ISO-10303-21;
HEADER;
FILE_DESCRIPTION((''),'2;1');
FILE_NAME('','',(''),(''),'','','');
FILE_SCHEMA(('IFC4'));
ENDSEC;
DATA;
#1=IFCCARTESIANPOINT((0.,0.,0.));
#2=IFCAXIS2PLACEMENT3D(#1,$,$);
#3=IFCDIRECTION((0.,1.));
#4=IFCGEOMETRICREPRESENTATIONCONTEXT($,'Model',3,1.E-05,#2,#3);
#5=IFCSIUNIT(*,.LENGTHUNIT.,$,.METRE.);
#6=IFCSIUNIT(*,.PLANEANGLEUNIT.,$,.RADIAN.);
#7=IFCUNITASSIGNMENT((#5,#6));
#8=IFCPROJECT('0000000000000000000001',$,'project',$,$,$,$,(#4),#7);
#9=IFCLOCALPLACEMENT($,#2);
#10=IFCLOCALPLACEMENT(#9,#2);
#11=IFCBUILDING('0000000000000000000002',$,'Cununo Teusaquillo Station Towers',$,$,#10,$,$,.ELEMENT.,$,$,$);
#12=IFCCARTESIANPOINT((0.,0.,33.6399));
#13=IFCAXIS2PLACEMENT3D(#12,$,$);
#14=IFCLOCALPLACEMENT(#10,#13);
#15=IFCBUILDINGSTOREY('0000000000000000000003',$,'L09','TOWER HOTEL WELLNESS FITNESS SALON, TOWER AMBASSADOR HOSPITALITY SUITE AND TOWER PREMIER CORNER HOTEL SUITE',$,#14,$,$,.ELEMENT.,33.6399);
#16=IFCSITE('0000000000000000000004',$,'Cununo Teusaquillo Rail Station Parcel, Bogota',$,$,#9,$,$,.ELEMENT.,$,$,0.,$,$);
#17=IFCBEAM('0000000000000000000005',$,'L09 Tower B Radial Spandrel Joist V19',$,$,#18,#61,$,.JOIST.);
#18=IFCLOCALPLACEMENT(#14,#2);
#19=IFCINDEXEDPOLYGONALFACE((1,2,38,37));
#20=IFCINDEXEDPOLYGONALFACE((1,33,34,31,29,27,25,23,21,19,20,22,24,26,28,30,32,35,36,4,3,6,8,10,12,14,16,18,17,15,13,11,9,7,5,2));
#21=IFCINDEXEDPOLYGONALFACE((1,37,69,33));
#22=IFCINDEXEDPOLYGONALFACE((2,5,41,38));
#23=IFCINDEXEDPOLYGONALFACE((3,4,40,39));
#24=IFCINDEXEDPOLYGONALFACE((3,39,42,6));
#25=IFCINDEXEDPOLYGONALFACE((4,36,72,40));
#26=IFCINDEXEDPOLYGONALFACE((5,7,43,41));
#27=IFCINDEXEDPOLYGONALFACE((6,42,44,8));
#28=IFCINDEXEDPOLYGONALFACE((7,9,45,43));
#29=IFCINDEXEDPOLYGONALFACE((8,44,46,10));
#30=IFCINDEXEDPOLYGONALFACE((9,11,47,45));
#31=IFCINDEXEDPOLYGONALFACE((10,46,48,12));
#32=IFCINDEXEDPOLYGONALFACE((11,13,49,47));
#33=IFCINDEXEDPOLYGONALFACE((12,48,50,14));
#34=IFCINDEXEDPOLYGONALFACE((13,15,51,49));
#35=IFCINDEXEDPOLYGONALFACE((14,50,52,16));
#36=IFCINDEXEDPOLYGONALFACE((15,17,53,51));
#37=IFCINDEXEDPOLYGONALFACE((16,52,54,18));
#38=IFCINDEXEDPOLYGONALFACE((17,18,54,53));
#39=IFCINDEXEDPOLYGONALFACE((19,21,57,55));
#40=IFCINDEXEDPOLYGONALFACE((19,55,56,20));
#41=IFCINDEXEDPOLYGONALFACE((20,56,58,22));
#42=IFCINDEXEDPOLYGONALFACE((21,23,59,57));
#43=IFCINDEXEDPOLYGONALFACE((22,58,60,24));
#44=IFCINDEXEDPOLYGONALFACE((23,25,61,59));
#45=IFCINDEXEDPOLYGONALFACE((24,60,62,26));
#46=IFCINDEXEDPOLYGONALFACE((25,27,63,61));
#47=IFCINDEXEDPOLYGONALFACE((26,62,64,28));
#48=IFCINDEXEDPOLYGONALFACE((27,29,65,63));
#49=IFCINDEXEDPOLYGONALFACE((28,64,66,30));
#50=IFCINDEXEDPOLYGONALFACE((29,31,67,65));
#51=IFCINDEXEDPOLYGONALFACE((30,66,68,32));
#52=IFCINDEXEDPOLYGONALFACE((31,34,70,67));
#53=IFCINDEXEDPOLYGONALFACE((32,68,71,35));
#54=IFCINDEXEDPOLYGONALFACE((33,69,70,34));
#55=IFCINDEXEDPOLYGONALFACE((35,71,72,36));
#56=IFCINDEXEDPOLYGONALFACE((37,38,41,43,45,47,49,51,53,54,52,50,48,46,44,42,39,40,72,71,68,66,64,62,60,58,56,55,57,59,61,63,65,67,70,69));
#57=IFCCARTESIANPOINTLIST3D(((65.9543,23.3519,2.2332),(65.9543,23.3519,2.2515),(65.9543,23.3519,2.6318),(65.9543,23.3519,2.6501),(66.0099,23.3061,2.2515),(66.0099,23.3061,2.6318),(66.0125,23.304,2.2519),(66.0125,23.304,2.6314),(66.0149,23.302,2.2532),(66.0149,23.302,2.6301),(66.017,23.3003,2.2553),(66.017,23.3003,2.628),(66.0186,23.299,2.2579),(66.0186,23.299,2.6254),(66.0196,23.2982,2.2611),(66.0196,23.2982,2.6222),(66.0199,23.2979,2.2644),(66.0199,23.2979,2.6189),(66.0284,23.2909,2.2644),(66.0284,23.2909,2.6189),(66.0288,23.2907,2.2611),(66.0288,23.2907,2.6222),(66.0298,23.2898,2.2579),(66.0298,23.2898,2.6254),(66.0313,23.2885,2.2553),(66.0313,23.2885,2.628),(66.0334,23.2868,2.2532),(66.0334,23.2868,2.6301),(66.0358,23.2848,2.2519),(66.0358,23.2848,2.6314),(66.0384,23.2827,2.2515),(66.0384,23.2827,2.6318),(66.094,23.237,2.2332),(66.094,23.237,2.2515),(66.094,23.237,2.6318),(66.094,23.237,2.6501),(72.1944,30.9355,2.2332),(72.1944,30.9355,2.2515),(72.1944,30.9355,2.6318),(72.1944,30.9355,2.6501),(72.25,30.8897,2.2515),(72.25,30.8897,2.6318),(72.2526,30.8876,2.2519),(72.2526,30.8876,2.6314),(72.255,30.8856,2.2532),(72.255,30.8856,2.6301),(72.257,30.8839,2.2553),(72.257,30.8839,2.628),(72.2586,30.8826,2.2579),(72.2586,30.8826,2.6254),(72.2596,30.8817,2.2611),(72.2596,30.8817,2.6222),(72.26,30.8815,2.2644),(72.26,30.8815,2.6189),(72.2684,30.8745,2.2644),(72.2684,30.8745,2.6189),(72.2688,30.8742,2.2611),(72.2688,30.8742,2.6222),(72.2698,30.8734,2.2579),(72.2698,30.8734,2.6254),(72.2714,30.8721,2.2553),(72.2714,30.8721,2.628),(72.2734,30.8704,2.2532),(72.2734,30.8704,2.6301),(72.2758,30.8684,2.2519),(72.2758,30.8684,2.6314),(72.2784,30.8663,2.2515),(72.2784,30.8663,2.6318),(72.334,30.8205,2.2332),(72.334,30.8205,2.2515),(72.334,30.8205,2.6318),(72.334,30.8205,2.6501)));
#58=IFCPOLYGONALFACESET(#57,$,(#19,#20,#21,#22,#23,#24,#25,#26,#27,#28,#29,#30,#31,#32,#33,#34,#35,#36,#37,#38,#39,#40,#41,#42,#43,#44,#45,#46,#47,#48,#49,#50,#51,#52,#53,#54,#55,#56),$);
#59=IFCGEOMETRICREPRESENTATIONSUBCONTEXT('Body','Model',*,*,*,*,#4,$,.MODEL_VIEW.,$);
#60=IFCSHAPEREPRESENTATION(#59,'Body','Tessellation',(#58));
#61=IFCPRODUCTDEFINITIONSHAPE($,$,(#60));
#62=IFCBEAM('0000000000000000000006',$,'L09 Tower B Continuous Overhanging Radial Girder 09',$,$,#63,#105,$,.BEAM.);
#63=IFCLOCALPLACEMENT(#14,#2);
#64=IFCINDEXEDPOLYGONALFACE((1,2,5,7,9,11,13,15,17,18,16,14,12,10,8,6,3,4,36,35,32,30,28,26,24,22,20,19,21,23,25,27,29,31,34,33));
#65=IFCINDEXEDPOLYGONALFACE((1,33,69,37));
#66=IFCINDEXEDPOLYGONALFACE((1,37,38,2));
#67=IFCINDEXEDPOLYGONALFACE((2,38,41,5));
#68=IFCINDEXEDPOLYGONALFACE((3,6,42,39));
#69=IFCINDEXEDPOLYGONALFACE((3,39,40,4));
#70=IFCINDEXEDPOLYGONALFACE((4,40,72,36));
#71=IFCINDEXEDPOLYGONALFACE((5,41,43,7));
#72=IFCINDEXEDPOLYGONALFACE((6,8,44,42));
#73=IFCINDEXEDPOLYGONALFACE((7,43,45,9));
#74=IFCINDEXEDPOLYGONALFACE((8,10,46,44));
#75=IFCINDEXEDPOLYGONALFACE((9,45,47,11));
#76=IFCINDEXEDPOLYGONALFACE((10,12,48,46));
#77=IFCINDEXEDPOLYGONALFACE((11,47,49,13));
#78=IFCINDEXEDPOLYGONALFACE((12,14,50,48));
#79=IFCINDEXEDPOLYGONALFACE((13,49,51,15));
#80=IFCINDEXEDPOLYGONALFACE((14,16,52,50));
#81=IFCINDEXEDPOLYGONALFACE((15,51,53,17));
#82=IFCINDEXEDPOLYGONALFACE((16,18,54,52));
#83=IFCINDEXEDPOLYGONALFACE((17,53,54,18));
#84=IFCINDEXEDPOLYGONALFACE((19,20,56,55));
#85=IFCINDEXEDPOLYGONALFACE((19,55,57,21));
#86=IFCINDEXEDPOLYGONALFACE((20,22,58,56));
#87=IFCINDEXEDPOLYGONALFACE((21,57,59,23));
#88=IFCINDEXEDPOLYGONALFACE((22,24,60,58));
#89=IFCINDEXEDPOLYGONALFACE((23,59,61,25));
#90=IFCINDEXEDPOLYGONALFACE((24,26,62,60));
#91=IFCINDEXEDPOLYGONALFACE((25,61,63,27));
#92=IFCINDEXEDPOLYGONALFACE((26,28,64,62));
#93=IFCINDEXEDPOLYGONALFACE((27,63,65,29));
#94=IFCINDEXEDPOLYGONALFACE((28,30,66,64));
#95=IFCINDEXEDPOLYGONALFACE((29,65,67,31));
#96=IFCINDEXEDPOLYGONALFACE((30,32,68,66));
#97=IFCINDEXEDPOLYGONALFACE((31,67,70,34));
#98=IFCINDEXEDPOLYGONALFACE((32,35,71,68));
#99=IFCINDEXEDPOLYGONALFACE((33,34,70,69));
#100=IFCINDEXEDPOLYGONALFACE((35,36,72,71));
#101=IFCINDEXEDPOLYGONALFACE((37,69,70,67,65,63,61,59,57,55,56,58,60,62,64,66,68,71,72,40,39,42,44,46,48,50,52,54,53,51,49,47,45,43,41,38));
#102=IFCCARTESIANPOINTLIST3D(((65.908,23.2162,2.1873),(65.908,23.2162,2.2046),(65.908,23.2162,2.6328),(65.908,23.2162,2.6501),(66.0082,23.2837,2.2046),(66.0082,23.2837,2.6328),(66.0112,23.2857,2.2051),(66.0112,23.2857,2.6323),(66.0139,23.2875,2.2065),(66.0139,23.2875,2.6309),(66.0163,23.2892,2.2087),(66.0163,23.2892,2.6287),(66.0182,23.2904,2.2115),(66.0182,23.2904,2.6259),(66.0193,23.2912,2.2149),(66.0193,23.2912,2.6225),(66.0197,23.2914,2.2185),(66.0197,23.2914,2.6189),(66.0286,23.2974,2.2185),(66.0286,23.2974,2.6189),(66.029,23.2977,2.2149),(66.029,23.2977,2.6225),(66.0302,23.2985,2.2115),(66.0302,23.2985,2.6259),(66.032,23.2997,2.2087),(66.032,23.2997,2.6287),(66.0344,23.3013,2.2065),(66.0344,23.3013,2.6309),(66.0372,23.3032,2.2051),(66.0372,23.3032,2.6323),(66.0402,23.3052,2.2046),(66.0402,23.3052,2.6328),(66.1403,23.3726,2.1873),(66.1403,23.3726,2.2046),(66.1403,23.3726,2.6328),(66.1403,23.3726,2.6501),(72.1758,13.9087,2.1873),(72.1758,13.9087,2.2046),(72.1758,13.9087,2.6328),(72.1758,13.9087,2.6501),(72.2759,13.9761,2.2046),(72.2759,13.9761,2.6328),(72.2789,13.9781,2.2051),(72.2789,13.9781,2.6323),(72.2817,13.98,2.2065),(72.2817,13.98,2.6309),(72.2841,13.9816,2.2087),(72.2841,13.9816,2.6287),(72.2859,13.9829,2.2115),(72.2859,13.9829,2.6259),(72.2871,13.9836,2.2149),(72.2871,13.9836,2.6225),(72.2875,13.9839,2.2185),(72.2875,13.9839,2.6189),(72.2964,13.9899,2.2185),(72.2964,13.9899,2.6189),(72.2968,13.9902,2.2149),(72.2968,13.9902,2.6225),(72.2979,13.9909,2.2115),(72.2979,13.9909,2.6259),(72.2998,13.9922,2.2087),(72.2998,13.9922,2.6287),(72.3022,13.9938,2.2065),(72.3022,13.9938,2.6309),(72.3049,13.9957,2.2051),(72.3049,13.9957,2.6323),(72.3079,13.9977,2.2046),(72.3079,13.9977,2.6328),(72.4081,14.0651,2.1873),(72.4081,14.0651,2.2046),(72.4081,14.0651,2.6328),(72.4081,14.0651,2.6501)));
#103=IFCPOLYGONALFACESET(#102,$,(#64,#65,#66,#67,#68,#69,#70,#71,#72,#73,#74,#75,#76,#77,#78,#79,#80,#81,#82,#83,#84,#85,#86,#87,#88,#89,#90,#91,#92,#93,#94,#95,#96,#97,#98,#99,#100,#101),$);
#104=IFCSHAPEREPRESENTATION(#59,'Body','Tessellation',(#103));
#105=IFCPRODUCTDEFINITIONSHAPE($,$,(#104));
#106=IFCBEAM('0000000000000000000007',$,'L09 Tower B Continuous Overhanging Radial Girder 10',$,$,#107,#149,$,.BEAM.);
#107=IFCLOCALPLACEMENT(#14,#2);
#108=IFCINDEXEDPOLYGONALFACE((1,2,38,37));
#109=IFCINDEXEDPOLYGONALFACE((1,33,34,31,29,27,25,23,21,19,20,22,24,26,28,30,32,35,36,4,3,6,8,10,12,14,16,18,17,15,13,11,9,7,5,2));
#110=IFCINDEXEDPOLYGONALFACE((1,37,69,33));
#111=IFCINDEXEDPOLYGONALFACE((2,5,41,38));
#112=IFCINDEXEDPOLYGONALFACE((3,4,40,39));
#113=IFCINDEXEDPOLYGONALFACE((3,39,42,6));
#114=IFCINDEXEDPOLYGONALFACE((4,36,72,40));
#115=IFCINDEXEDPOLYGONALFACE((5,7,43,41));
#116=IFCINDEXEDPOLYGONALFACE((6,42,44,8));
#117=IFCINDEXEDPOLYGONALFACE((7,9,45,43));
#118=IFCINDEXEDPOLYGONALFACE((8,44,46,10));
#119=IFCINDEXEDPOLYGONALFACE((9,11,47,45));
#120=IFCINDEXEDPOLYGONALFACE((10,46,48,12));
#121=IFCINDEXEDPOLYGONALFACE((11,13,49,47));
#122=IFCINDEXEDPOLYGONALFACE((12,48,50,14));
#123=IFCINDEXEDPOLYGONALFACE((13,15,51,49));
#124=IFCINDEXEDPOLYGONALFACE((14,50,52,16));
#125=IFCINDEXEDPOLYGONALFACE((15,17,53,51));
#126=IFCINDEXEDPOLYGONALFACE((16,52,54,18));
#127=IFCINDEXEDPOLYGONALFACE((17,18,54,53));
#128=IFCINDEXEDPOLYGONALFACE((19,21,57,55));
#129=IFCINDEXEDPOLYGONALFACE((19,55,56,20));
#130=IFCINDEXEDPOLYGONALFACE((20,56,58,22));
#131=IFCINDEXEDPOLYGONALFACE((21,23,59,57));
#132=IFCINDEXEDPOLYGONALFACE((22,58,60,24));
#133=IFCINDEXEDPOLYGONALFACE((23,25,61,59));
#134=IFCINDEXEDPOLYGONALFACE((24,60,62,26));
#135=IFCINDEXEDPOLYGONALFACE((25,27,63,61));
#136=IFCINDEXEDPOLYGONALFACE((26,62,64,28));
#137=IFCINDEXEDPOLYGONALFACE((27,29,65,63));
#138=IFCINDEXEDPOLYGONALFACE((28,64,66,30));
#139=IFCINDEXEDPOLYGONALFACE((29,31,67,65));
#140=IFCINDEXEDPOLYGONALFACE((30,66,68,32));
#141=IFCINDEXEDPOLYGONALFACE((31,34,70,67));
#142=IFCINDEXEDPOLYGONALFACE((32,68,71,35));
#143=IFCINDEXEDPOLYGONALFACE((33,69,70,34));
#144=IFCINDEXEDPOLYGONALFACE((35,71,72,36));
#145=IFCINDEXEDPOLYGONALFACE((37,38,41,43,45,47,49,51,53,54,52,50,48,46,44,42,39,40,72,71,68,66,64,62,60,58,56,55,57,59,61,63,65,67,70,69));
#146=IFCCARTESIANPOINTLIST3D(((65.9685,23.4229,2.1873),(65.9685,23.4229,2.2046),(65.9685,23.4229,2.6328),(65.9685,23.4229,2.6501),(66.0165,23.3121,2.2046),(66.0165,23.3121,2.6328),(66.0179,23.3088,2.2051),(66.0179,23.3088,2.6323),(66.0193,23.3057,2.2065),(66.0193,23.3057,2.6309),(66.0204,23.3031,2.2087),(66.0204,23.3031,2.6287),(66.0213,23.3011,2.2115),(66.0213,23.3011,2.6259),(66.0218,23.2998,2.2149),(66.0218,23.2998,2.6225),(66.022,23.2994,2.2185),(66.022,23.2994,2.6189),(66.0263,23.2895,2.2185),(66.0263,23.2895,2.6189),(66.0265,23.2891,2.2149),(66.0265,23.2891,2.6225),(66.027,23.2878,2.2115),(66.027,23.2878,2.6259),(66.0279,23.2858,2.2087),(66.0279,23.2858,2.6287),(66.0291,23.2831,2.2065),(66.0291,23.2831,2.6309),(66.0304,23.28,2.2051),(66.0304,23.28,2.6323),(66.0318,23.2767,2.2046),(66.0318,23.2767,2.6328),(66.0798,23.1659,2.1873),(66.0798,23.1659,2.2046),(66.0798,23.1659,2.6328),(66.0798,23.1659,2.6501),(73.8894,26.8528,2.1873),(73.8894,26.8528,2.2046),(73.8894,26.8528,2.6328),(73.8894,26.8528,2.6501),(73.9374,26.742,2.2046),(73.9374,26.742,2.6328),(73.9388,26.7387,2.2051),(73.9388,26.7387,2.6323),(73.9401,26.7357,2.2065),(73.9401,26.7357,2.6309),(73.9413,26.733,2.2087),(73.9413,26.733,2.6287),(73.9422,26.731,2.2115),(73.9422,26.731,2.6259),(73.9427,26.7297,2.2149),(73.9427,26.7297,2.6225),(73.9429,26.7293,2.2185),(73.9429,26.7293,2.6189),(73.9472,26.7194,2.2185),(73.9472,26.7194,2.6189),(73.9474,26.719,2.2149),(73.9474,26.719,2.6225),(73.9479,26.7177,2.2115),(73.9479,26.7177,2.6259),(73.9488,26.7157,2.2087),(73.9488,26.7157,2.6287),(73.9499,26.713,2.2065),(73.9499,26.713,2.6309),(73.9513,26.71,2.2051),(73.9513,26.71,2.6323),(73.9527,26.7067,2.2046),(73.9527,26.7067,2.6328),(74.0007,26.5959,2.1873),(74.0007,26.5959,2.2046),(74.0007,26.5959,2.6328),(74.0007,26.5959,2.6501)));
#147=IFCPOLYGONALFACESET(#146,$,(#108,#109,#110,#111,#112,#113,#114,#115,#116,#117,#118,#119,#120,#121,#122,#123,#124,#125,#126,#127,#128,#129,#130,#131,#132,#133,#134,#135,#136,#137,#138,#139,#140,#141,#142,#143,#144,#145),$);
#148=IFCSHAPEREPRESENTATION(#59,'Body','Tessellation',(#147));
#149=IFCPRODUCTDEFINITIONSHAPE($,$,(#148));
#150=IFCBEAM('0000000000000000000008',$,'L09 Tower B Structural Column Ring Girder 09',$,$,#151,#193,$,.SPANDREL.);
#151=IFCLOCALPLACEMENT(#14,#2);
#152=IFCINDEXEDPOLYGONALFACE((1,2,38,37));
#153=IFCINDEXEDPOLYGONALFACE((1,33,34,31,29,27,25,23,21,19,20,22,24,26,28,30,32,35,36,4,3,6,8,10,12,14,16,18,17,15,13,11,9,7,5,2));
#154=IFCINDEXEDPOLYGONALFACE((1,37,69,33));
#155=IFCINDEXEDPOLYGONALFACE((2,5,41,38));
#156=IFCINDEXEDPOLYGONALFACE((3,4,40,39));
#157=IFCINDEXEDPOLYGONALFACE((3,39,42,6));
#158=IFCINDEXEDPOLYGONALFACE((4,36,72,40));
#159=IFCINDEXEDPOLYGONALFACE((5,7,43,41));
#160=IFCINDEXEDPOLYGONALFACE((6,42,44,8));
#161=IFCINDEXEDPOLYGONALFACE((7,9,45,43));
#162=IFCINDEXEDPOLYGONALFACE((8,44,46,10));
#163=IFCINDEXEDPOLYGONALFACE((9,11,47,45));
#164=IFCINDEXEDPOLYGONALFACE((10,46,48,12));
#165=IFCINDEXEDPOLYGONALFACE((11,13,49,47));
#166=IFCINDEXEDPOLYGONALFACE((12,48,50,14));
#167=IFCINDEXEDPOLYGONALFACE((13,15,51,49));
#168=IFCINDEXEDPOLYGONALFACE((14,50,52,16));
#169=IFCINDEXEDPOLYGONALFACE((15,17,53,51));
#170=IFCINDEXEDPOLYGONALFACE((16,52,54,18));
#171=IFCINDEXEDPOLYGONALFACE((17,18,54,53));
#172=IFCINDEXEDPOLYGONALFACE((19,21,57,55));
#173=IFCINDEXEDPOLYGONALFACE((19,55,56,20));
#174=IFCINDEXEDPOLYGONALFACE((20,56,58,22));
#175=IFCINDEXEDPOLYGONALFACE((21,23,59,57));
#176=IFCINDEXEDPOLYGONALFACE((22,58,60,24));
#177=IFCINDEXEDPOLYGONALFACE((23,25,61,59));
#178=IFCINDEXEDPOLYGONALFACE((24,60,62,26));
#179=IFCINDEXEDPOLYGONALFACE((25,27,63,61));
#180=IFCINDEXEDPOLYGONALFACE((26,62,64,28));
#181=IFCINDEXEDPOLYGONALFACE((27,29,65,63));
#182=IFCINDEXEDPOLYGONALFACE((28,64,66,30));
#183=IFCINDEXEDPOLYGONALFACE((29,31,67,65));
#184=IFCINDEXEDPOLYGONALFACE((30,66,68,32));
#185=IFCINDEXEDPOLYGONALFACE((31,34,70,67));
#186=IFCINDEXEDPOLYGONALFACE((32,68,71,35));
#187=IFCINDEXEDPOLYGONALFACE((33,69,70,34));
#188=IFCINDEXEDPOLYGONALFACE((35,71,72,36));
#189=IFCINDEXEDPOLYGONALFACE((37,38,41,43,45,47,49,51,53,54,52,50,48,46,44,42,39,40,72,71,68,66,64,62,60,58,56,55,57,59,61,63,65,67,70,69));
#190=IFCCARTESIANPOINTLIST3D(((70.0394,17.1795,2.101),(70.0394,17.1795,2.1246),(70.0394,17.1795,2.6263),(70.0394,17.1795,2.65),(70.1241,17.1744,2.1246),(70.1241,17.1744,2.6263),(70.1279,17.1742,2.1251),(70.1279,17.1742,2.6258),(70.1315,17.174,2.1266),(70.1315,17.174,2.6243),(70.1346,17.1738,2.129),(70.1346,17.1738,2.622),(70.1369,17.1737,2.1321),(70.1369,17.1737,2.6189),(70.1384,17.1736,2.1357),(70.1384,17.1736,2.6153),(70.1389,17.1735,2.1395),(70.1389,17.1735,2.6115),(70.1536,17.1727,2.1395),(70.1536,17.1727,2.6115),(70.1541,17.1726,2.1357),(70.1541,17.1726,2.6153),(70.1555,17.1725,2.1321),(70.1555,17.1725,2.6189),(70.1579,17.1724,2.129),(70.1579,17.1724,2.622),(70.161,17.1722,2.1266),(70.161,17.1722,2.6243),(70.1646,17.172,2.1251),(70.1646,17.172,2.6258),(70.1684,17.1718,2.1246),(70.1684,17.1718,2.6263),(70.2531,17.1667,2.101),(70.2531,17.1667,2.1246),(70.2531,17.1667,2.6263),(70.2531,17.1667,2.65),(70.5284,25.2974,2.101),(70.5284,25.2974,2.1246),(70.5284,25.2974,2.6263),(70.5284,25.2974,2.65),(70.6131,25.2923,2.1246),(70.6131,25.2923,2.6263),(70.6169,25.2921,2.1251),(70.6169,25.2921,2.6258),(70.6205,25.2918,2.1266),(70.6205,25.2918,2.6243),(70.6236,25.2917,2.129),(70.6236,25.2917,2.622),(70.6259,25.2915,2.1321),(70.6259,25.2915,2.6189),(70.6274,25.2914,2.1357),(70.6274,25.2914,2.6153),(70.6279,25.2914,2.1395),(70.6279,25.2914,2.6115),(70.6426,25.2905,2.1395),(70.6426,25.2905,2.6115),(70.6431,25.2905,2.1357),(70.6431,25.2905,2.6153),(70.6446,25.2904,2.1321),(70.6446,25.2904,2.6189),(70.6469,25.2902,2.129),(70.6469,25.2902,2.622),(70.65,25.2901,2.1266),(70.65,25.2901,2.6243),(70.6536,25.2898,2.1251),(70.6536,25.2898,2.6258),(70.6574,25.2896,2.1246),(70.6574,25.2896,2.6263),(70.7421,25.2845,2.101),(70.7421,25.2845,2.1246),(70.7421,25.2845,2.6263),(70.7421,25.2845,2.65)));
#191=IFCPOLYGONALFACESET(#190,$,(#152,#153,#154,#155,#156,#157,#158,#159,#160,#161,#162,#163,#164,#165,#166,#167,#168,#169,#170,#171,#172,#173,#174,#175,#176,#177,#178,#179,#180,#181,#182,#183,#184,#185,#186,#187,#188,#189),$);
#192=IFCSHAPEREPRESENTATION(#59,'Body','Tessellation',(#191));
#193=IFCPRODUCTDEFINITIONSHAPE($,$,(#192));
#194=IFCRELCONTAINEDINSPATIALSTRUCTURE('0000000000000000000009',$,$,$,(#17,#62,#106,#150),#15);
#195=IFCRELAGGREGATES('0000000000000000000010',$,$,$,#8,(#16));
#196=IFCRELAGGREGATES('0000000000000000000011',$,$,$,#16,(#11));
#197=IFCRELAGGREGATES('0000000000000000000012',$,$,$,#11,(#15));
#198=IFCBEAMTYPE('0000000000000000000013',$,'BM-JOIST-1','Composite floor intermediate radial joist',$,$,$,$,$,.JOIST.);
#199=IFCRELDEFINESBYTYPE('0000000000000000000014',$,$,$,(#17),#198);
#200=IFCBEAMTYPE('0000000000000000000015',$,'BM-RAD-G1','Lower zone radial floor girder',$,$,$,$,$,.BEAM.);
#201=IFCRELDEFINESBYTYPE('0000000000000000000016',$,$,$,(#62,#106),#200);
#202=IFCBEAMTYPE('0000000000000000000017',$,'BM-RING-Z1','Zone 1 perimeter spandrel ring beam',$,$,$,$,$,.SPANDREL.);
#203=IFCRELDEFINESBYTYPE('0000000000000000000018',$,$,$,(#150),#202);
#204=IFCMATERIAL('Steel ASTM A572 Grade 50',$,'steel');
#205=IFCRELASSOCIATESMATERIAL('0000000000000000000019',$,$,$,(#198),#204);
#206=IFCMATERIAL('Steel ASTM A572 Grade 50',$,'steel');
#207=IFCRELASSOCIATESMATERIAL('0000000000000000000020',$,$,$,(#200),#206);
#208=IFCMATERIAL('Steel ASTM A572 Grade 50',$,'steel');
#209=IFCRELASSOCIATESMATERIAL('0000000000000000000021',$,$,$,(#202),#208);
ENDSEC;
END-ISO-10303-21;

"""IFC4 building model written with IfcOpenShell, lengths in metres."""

from ifc_helpers import new_model, si_unit, direction, frame, origin, origin_2d, place, context, subcontext, project, spatial, i_section, extrude, material, material_profile, profile_set, type_object, element, save


model = new_model("IFC4")

# Units and contexts
model_context = context("Model", 3, precision=1e-05, world=origin(), true_north=direction((0.0, 1.0)))
body_context = subcontext(model_context, "Body", "Model", "MODEL_VIEW")
ifc_project = project(units=[si_unit("LENGTHUNIT", "METRE"), si_unit("PLANEANGLEUNIT", "RADIAN")], contexts=[model_context])

# Site, building, storey
site_placement = place(None, origin())
site = spatial("IfcSite", under=ifc_project, at=site_placement, Name="Cununo Teusaquillo Rail Station Parcel, Bogota", CompositionType="ELEMENT", RefElevation=0.0)
building_placement = place(site_placement, origin())
building = spatial("IfcBuilding", under=site, at=building_placement, Name="Cununo Teusaquillo Station Towers", CompositionType="ELEMENT")
storey_placement = place(building_placement, frame((0.0, 0.0, 33.6399)))
storey = spatial("IfcBuildingStorey", under=building, at=storey_placement, Name="L09", Description="TOWER HOTEL WELLNESS FITNESS SALON, TOWER AMBASSADOR HOSPITALITY SUITE AND TOWER PREMIER CORNER HOTEL SUITE", CompositionType="ELEMENT", Elevation=33.6399)

# Beams
ifc_material_1 = material(Name="Steel ASTM A572 Grade 50", Category="steel")
ifc_material_profile_1 = material_profile(ifc_material_1, i_section(OverallWidth=0.1809, OverallDepth=0.417, WebThickness=0.011, FlangeThickness=0.0183, FilletRadius=0.0129, at=origin_2d()), Name="W16X57")
ifc_profile_set_1 = profile_set([ifc_material_profile_1], Name="Steel ASTM A572 Grade 50")
beam_type_1 = type_object("IfcBeamType", Name="BM-JOIST-1", Description="Composite floor intermediate radial joist", PredefinedType="JOIST", material=ifc_profile_set_1)
beam_1_placement = place(storey_placement, frame((66.0242, 23.2944, 2.4417), z_axis=(0.635389, 0.772192, 0.0), x_axis=(-0.772192, 0.635389, 0.0)))
element("IfcBeam", 1, at=beam_1_placement, inside=storey, type_object=beam_type_1, Name="L09 Tower B Radial Spandrel Joist V19", PredefinedType="JOIST", context=body_context, shape_type="SweptSolid", body=[
    extrude(i_section(OverallWidth=0.1809, OverallDepth=0.417, WebThickness=0.011, FlangeThickness=0.0183, FilletRadius=0.0129, at=origin_2d()), origin(), (0.0, 0.0, 1.0), 9.8208),
])
ifc_material_2 = material(Name="Steel ASTM A572 Grade 50", Category="steel")
ifc_material_profile_2 = material_profile(ifc_material_2, i_section(OverallWidth=0.28, OverallDepth=0.4629, WebThickness=0.0107, FlangeThickness=0.0173, FilletRadius=0.0139, at=origin_2d()), Name="W18X76")
ifc_profile_set_2 = profile_set([ifc_material_profile_2], Name="Steel ASTM A572 Grade 50")
beam_type_2 = type_object("IfcBeamType", Name="BM-RAD-G1", Description="Lower zone radial floor girder", PredefinedType="BEAM", material=ifc_profile_set_2)
beam_2_placement = place(storey_placement, frame((66.0242, 23.2944, 2.4187), z_axis=(0.558565, -0.829461, 0.0), x_axis=(0.829461, 0.558565, 0.0)))
element("IfcBeam", 2, at=beam_2_placement, inside=storey, type_object=beam_type_2, Name="L09 Tower B Continuous Overhanging Radial Girder 09", PredefinedType="BEAM", context=body_context, shape_type="SweptSolid", body=[
    extrude(i_section(OverallWidth=0.28, OverallDepth=0.4629, WebThickness=0.0107, FlangeThickness=0.0173, FilletRadius=0.0139, at=origin_2d()), origin(), (0.0, 0.0, 1.0), 11.2212),
])
beam_3_placement = place(storey_placement, frame((66.0242, 23.2944, 2.4187), z_axis=(0.917659, 0.397368, 0.0), x_axis=(-0.397368, 0.917659, 0.0)))
element("IfcBeam", 3, at=beam_3_placement, inside=storey, type_object=beam_type_2, Name="L09 Tower B Continuous Overhanging Radial Girder 10", PredefinedType="BEAM", context=body_context, shape_type="SweptSolid", body=[
    extrude(i_section(OverallWidth=0.28, OverallDepth=0.4629, WebThickness=0.0107, FlangeThickness=0.0173, FilletRadius=0.0139, at=origin_2d()), origin(), (0.0, 0.0, 1.0), 8.6316),
])
ifc_material_3 = material(Name="Steel ASTM A572 Grade 50", Category="steel")
ifc_material_profile_3 = material_profile(ifc_material_3, i_section(OverallWidth=0.2141, OverallDepth=0.5491, WebThickness=0.0146, FlangeThickness=0.0237, FilletRadius=0.0149, at=origin_2d()), Name="W21X93")
ifc_profile_set_3 = profile_set([ifc_material_profile_3], Name="Steel ASTM A572 Grade 50")
beam_type_3 = type_object("IfcBeamType", Name="BM-RING-Z1", Description="Zone 1 perimeter spandrel ring beam", PredefinedType="SPANDREL", material=ifc_profile_set_3)
beam_4_placement = place(storey_placement, frame((70.1462, 17.1731, 2.3755), z_axis=(0.06013, 0.998191, 0.0), x_axis=(-0.998191, 0.06013, 0.0)))
element("IfcBeam", 4, at=beam_4_placement, inside=storey, type_object=beam_type_3, Name="L09 Tower B Structural Column Ring Girder 09", PredefinedType="SPANDREL", context=body_context, shape_type="SweptSolid", body=[
    extrude(i_section(OverallWidth=0.2141, OverallDepth=0.5491, WebThickness=0.0146, FlangeThickness=0.0237, FilletRadius=0.0149, at=origin_2d()), origin(), (0.0, 0.0, 1.0), 8.1326),
])

save(model, "model.ifc")
